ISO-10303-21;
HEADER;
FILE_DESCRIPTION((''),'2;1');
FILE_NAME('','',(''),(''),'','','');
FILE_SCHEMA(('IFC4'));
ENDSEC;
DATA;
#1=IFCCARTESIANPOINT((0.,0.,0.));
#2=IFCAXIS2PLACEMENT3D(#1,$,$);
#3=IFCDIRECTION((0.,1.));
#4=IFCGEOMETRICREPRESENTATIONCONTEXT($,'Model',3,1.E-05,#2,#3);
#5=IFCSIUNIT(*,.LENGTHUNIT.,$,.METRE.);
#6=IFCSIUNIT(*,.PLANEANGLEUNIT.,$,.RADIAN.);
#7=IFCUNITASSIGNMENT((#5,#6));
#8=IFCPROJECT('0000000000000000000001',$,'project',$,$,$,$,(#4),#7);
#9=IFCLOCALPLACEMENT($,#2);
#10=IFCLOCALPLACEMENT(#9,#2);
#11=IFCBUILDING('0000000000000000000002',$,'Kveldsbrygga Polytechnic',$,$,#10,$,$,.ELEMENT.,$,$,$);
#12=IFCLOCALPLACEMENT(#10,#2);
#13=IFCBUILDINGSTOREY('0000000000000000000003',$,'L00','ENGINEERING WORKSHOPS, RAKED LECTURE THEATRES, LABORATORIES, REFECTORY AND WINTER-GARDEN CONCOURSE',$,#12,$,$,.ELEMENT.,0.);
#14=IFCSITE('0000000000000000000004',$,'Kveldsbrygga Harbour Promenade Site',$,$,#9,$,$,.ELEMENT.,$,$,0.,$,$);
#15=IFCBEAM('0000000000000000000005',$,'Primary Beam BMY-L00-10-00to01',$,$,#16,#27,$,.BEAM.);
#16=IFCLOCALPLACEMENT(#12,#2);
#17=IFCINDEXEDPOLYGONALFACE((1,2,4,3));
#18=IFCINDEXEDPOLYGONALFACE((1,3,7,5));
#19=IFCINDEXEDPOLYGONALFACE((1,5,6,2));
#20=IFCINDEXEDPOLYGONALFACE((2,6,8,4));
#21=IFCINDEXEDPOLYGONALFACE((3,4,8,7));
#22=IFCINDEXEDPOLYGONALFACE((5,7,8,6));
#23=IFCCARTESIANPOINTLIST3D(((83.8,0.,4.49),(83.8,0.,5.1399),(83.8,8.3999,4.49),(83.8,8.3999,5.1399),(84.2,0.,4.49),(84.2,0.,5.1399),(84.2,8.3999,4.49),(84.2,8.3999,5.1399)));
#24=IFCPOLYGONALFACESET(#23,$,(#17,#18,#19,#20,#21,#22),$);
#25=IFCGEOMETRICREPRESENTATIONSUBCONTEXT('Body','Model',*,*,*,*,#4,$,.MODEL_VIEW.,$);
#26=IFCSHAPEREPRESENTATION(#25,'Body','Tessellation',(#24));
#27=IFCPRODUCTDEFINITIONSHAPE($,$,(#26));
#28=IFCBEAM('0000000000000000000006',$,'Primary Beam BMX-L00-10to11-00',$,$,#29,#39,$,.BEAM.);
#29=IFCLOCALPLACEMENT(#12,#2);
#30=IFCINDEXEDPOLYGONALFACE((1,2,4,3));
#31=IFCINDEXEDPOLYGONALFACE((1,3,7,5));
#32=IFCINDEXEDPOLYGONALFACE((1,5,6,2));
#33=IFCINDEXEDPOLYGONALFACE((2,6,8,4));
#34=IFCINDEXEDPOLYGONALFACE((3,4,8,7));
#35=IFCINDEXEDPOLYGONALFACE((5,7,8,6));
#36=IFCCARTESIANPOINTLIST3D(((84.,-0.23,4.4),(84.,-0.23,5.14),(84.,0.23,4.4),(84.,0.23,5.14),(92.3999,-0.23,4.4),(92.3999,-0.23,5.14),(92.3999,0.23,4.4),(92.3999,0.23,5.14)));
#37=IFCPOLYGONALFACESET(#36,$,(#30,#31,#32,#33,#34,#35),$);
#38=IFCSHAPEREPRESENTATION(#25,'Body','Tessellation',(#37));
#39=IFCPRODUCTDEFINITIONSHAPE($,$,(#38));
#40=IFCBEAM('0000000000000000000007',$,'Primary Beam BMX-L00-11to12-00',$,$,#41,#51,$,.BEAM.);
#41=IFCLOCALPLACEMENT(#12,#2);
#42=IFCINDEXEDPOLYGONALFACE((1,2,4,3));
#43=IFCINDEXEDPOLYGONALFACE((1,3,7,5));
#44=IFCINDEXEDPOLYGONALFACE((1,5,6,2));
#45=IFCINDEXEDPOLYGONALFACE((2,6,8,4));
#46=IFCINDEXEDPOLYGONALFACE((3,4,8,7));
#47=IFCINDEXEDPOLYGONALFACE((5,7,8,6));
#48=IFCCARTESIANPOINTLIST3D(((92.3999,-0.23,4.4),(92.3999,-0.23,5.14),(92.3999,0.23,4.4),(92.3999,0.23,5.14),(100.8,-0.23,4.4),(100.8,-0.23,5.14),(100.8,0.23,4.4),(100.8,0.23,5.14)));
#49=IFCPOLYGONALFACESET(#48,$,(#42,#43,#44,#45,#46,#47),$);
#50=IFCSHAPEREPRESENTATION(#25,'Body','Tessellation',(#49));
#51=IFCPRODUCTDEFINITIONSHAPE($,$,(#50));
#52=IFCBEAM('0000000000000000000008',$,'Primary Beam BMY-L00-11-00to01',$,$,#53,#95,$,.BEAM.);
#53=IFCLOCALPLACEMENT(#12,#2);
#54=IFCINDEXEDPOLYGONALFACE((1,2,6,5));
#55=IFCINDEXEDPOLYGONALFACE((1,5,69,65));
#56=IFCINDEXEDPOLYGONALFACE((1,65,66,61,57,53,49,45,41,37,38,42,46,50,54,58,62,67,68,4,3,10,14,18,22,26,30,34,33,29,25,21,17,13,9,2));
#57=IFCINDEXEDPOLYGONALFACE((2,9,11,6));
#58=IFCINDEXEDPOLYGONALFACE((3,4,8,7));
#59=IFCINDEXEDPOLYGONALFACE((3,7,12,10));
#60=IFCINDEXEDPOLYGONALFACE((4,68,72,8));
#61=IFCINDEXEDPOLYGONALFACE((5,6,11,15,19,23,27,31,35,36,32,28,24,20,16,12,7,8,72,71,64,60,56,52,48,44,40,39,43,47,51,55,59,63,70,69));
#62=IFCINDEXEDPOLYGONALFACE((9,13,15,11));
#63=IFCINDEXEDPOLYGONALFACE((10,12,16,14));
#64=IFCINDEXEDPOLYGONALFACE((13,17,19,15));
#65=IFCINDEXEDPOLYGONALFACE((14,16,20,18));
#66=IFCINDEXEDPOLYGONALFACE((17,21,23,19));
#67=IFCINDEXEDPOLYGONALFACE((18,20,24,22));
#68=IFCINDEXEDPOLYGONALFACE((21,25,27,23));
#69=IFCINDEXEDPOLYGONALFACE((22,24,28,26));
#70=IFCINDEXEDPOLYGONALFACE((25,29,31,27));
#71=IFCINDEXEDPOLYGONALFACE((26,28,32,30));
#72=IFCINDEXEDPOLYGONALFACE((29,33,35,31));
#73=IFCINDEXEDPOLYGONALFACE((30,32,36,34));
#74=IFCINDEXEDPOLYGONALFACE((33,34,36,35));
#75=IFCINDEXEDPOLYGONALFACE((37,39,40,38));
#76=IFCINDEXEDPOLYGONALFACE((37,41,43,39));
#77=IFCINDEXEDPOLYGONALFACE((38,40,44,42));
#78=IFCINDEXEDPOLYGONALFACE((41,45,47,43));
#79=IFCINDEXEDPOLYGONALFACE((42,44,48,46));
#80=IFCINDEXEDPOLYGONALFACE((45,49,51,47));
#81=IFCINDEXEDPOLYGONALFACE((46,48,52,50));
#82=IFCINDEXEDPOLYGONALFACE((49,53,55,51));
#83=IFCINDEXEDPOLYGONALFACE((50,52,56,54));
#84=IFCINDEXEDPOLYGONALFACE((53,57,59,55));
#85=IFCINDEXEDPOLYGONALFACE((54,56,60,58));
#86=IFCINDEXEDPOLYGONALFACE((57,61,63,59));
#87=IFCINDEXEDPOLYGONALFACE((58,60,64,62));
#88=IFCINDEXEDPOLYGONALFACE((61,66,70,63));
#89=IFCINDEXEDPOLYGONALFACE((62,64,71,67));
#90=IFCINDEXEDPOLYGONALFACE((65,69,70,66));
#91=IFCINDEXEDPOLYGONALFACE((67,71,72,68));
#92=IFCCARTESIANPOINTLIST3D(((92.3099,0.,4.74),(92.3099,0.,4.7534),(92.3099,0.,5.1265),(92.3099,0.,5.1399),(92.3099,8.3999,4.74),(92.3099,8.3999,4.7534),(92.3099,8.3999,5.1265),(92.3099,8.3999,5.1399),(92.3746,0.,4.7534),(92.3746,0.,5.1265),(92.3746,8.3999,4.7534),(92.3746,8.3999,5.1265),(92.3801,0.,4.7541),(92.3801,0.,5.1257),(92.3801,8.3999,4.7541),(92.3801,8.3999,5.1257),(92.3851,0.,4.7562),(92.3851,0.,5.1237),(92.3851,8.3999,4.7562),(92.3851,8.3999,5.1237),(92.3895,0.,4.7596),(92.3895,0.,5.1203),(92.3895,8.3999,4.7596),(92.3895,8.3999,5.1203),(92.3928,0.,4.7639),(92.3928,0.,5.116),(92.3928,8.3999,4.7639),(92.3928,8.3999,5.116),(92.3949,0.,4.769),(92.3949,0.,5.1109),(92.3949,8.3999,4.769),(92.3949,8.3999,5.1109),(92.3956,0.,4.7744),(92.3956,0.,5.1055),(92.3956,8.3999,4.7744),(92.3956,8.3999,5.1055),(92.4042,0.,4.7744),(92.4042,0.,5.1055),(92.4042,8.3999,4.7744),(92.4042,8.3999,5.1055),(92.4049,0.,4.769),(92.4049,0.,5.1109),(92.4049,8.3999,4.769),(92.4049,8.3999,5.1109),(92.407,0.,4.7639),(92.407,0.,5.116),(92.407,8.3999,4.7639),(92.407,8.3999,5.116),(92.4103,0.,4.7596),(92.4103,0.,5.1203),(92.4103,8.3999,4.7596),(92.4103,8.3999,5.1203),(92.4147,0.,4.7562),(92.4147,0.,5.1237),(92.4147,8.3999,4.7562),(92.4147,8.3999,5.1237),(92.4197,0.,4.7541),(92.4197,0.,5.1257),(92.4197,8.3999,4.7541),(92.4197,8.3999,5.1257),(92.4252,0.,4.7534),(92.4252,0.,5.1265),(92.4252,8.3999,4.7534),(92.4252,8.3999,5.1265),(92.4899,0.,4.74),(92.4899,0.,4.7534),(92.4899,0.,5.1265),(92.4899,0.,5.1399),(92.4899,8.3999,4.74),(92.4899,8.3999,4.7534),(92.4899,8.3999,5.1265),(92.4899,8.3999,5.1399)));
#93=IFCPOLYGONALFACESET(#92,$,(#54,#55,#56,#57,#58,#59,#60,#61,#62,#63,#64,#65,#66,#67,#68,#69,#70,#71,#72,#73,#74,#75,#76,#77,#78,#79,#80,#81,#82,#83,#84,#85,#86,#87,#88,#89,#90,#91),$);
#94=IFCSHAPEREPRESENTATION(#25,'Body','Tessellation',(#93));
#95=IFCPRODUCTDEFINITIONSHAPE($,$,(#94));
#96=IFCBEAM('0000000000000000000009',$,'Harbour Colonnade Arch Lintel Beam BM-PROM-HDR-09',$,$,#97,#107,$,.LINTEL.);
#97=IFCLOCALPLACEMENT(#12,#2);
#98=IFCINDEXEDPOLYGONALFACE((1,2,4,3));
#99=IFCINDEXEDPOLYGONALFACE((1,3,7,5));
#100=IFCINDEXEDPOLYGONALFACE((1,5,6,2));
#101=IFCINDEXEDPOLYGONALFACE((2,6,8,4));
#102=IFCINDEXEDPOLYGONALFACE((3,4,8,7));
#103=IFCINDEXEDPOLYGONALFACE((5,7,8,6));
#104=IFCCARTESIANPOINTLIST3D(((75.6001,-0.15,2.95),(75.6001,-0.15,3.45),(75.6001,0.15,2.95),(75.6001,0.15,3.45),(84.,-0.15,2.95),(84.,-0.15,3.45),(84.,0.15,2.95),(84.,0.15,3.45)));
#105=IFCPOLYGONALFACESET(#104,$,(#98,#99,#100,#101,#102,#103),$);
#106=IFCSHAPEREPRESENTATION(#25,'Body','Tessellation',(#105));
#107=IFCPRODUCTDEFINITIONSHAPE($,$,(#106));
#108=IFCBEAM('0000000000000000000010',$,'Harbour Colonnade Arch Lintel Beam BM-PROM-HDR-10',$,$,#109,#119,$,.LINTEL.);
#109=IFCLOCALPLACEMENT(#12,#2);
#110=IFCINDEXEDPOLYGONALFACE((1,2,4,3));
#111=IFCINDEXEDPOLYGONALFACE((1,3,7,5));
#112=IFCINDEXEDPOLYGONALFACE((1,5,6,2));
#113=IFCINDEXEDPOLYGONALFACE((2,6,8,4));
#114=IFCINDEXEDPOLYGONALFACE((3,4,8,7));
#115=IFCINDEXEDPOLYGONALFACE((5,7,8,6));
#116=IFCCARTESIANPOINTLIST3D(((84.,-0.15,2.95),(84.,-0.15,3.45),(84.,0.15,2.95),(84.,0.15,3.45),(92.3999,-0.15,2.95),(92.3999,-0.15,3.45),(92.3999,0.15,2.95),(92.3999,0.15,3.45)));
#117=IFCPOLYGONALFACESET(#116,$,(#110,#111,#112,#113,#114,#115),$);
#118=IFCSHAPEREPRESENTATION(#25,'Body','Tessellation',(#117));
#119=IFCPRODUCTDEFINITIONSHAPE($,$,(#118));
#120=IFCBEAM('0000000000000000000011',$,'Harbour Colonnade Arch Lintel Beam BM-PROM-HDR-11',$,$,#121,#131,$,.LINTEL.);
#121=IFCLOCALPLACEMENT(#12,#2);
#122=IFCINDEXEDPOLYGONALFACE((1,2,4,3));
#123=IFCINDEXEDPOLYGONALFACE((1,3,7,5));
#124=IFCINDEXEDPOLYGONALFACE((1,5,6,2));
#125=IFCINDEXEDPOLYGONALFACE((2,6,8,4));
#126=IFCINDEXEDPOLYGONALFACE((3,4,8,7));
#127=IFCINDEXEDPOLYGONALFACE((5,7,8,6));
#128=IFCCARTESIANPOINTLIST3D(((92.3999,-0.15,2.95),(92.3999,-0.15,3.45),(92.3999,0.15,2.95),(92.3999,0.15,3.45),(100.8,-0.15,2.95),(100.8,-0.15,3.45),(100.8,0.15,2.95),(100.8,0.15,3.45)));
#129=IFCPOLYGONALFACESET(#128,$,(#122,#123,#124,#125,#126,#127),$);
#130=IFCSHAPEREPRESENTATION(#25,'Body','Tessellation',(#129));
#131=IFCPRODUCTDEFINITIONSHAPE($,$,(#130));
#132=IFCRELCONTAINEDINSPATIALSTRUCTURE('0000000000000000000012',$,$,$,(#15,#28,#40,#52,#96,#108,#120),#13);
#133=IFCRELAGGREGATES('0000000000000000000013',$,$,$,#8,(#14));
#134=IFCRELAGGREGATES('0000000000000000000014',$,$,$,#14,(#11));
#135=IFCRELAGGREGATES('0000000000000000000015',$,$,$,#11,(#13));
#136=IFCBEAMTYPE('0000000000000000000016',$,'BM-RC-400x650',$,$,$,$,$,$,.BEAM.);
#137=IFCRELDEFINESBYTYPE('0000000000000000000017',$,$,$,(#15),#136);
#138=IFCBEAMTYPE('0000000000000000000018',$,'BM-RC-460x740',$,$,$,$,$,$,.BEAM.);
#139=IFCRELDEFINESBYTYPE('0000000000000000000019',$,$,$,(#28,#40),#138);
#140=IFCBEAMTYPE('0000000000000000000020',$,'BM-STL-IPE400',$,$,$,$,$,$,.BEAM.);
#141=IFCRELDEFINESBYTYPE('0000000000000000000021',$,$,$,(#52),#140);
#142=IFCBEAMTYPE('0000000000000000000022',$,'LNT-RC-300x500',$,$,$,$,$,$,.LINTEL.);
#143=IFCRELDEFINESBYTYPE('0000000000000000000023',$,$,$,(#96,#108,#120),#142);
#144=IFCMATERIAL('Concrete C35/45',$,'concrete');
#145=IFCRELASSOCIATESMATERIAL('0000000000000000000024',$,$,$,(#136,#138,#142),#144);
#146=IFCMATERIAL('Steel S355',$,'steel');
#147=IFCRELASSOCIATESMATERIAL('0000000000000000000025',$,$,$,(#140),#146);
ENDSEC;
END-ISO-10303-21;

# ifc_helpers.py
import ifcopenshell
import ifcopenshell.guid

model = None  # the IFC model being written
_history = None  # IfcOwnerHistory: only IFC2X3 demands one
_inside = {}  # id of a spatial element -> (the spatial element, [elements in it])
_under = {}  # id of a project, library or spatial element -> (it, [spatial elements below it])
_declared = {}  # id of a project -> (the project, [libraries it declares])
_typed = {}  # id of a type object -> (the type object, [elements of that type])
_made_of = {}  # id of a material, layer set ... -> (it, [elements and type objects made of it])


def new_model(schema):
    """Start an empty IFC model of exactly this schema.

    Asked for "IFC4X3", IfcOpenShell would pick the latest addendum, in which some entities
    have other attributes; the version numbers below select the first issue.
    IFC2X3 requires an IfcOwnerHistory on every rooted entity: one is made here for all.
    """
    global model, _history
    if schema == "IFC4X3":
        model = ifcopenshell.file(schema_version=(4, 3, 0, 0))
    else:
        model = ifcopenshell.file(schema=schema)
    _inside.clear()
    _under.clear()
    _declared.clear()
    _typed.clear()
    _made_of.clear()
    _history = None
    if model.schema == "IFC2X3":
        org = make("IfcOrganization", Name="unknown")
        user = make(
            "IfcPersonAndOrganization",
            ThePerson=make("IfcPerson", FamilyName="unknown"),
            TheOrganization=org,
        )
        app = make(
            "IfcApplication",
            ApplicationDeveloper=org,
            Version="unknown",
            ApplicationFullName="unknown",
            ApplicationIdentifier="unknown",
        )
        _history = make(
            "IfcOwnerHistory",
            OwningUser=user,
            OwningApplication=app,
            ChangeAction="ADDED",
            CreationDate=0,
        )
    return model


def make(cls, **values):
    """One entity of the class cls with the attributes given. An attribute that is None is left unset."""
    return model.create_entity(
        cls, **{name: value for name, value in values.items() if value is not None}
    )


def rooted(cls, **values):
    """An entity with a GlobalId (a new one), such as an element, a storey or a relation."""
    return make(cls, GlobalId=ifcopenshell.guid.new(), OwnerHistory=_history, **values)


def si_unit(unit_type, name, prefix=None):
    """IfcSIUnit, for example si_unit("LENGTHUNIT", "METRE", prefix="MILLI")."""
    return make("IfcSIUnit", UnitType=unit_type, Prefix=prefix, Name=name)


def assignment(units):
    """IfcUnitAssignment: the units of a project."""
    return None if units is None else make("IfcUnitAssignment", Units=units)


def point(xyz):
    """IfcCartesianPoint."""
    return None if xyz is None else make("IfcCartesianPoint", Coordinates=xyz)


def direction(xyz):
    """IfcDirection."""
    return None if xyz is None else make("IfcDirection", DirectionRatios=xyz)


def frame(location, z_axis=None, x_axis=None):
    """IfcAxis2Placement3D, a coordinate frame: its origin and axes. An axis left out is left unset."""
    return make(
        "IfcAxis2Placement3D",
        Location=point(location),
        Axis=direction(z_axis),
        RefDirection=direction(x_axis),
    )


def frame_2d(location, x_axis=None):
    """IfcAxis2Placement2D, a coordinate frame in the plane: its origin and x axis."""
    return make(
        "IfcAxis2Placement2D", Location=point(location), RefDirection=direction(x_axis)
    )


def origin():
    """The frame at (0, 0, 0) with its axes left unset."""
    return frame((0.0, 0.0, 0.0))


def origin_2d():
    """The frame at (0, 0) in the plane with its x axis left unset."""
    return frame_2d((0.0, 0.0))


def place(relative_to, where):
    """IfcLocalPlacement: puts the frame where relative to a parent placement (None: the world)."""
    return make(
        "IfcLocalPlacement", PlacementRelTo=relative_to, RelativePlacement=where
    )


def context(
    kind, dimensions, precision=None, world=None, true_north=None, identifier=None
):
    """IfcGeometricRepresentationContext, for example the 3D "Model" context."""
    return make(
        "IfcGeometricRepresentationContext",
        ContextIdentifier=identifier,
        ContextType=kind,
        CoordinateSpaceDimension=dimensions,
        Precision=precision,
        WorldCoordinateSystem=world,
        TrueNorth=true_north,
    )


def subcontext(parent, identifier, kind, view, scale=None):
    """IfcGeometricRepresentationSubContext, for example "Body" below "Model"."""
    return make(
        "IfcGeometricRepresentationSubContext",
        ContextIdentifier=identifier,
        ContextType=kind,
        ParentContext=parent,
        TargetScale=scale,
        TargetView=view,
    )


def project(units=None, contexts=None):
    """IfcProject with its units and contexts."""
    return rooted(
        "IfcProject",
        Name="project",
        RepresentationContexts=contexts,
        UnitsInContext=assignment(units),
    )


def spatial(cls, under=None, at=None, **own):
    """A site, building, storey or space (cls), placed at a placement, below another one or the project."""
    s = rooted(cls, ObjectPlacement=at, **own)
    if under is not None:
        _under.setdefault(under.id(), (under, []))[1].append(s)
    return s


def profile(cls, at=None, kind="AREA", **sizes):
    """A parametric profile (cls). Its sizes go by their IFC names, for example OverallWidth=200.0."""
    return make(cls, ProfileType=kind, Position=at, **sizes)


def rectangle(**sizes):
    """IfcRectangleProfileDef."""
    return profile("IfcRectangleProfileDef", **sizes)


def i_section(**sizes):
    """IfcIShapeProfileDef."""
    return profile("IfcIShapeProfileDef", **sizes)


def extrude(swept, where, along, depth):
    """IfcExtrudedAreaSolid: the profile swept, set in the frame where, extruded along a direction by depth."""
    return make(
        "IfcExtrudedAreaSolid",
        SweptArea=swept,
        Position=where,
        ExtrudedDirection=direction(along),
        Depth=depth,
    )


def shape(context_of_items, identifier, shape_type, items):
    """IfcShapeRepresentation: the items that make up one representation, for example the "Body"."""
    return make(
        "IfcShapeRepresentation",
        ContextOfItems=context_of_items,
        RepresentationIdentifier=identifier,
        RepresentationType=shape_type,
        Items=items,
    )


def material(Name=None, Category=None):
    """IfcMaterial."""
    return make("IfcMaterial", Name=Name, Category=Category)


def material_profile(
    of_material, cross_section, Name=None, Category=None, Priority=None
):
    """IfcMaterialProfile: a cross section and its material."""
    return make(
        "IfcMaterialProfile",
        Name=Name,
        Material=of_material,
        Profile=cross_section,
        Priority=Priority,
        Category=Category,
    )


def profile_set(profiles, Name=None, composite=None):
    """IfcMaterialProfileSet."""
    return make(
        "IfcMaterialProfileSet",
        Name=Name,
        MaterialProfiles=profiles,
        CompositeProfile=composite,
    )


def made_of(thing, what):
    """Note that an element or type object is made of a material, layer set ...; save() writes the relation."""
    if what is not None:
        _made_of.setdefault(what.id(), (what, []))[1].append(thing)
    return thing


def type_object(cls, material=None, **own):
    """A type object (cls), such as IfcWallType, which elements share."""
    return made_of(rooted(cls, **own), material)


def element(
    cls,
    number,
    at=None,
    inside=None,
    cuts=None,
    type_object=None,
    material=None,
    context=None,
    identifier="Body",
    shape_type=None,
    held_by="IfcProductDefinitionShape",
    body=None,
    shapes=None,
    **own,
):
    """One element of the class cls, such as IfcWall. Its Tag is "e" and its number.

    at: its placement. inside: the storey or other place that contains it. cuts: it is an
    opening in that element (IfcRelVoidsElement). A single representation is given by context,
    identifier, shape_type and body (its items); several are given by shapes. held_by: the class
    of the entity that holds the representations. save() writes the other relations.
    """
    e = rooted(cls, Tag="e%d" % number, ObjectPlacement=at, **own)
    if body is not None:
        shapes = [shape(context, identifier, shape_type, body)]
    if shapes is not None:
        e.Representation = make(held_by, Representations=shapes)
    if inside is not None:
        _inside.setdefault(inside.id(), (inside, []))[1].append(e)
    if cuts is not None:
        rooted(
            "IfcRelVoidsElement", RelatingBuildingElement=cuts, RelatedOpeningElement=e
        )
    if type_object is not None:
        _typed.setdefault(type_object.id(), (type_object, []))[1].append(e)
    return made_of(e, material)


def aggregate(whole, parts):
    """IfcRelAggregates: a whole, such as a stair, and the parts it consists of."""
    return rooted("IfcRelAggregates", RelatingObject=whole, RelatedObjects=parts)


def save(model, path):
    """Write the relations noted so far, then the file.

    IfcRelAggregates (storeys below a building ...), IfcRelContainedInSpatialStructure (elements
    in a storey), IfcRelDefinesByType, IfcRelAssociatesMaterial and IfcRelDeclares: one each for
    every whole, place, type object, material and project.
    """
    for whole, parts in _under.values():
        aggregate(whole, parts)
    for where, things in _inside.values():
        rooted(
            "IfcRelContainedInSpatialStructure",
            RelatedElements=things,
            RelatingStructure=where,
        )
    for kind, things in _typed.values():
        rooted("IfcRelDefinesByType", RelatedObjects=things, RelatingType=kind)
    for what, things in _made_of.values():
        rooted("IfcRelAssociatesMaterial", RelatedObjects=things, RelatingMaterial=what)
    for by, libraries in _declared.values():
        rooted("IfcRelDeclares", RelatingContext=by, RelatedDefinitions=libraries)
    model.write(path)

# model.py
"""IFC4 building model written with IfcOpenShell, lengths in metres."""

from ifc_helpers import new_model, si_unit, direction, frame, origin, origin_2d, place, context, subcontext, project, spatial, rectangle, i_section, extrude, material, material_profile, profile_set, type_object, element, save


model = new_model("IFC4")

# Units and contexts
model_context = context("Model", 3, precision=1e-05, world=origin(), true_north=direction((0.0, 1.0)))
body_context = subcontext(model_context, "Body", "Model", "MODEL_VIEW")
ifc_project = project(units=[si_unit("LENGTHUNIT", "METRE"), si_unit("PLANEANGLEUNIT", "RADIAN")], contexts=[model_context])

# Site, building, storey
site_placement = place(None, origin())
site = spatial("IfcSite", under=ifc_project, at=site_placement, Name="Kveldsbrygga Harbour Promenade Site", CompositionType="ELEMENT", RefElevation=0.0)
building_placement = place(site_placement, origin())
building = spatial("IfcBuilding", under=site, at=building_placement, Name="Kveldsbrygga Polytechnic", CompositionType="ELEMENT")
storey_placement = place(building_placement, origin())
storey = spatial("IfcBuildingStorey", under=building, at=storey_placement, Name="L00", Description="ENGINEERING WORKSHOPS, RAKED LECTURE THEATRES, LABORATORIES, REFECTORY AND WINTER-GARDEN CONCOURSE", CompositionType="ELEMENT", Elevation=0.0)

# Beams
ifc_material_1 = material(Name="Concrete C35/45", Category="concrete")
ifc_material_profile_1 = material_profile(ifc_material_1, rectangle(XDim=0.3999, YDim=0.6499, at=origin_2d()), Name="RC 400x650")
ifc_profile_set_1 = profile_set([ifc_material_profile_1], Name="Concrete C35/45")
beam_type_1 = type_object("IfcBeamType", Name="BM-RC-400x650", PredefinedType="BEAM", material=ifc_profile_set_1)
beam_1_placement = place(storey_placement, frame((84.0, 0.0, 4.8149), z_axis=(0.0, 1.0, 0.0), x_axis=(-1.0, 0.0, 0.0)))
element("IfcBeam", 1, at=beam_1_placement, inside=storey, type_object=beam_type_1, Name="Primary Beam BMY-L00-10-00to01", PredefinedType="BEAM", context=body_context, shape_type="SweptSolid", body=[
    extrude(rectangle(XDim=0.3999, YDim=0.6499, at=origin_2d()), origin(), (0.0, 0.0, 1.0), 8.3999),
])
ifc_material_profile_2 = material_profile(ifc_material_1, rectangle(XDim=0.46, YDim=0.74, at=origin_2d()), Name="RC 460x740")
ifc_profile_set_2 = profile_set([ifc_material_profile_2], Name="Concrete C35/45")
beam_type_2 = type_object("IfcBeamType", Name="BM-RC-460x740", PredefinedType="BEAM", material=ifc_profile_set_2)
beam_2_placement = place(storey_placement, frame((84.0, 0.0, 4.77), z_axis=(1.0, 0.0, 0.0), x_axis=(0.0, 1.0, 0.0)))
element("IfcBeam", 2, at=beam_2_placement, inside=storey, type_object=beam_type_2, Name="Primary Beam BMX-L00-10to11-00", PredefinedType="BEAM", context=body_context, shape_type="SweptSolid", body=[
    extrude(rectangle(XDim=0.46, YDim=0.74, at=origin_2d()), origin(), (0.0, 0.0, 1.0), 8.3999),
])
beam_3_placement = place(storey_placement, frame((92.3999, 0.0, 4.77), z_axis=(1.0, 0.0, 0.0), x_axis=(0.0, 1.0, 0.0)))
element("IfcBeam", 3, at=beam_3_placement, inside=storey, type_object=beam_type_2, Name="Primary Beam BMX-L00-11to12-00", PredefinedType="BEAM", context=body_context, shape_type="SweptSolid", body=[
    extrude(rectangle(XDim=0.46, YDim=0.74, at=origin_2d()), origin(), (0.0, 0.0, 1.0), 8.4001),
])
ifc_material_2 = material(Name="Steel S355", Category="steel")
ifc_material_profile_3 = material_profile(ifc_material_2, i_section(OverallWidth=0.1799, OverallDepth=0.3999, WebThickness=0.0085, FlangeThickness=0.0134, FilletRadius=0.021, at=origin_2d()), Name="IPE 400")
ifc_profile_set_3 = profile_set([ifc_material_profile_3], Name="Steel S355")
beam_type_3 = type_object("IfcBeamType", Name="BM-STL-IPE400", PredefinedType="BEAM", material=ifc_profile_set_3)
beam_4_placement = place(storey_placement, frame((92.3999, 0.0, 4.9399), z_axis=(0.0, 1.0, 0.0), x_axis=(-1.0, 0.0, 0.0)))
element("IfcBeam", 4, at=beam_4_placement, inside=storey, type_object=beam_type_3, Name="Primary Beam BMY-L00-11-00to01", PredefinedType="BEAM", context=body_context, shape_type="SweptSolid", body=[
    extrude(i_section(OverallWidth=0.1799, OverallDepth=0.3999, WebThickness=0.0085, FlangeThickness=0.0134, FilletRadius=0.021, at=origin_2d()), origin(), (0.0, 0.0, 1.0), 8.3999),
])
ifc_material_profile_4 = material_profile(ifc_material_1, rectangle(XDim=0.3, YDim=0.5, at=origin_2d()), Name="RC 300x500")
ifc_profile_set_4 = profile_set([ifc_material_profile_4], Name="Concrete C35/45")
beam_type_4 = type_object("IfcBeamType", Name="LNT-RC-300x500", PredefinedType="LINTEL", material=ifc_profile_set_4)
for number, where, z_axis, x_axis, name in (
    (5, (75.6001, 0.0, 3.2), (1.0, 0.0, 0.0), (0.0, 1.0, 0.0), "Harbour Colonnade Arch Lintel Beam BM-PROM-HDR-09"),
    (6, (84.0, 0.0, 3.2), (1.0, 0.0, 0.0), (0.0, 1.0, 0.0), "Harbour Colonnade Arch Lintel Beam BM-PROM-HDR-10"),
):
    element("IfcBeam", number, at=place(storey_placement, frame(where, z_axis=z_axis, x_axis=x_axis)), inside=storey, type_object=beam_type_4, Name=name, PredefinedType="LINTEL", context=body_context, shape_type="SweptSolid", body=[
        extrude(rectangle(XDim=0.3, YDim=0.5, at=origin_2d()), origin(), (0.0, 0.0, 1.0), 8.3999),
    ])
beam_5_placement = place(storey_placement, frame((92.3999, 0.0, 3.2), z_axis=(1.0, 0.0, 0.0), x_axis=(0.0, 1.0, 0.0)))
element("IfcBeam", 7, at=beam_5_placement, inside=storey, type_object=beam_type_4, Name="Harbour Colonnade Arch Lintel Beam BM-PROM-HDR-11", PredefinedType="LINTEL", context=body_context, shape_type="SweptSolid", body=[
    extrude(rectangle(XDim=0.3, YDim=0.5, at=origin_2d()), origin(), (0.0, 0.0, 1.0), 8.4001),
])

save(model, "model.ifc")
